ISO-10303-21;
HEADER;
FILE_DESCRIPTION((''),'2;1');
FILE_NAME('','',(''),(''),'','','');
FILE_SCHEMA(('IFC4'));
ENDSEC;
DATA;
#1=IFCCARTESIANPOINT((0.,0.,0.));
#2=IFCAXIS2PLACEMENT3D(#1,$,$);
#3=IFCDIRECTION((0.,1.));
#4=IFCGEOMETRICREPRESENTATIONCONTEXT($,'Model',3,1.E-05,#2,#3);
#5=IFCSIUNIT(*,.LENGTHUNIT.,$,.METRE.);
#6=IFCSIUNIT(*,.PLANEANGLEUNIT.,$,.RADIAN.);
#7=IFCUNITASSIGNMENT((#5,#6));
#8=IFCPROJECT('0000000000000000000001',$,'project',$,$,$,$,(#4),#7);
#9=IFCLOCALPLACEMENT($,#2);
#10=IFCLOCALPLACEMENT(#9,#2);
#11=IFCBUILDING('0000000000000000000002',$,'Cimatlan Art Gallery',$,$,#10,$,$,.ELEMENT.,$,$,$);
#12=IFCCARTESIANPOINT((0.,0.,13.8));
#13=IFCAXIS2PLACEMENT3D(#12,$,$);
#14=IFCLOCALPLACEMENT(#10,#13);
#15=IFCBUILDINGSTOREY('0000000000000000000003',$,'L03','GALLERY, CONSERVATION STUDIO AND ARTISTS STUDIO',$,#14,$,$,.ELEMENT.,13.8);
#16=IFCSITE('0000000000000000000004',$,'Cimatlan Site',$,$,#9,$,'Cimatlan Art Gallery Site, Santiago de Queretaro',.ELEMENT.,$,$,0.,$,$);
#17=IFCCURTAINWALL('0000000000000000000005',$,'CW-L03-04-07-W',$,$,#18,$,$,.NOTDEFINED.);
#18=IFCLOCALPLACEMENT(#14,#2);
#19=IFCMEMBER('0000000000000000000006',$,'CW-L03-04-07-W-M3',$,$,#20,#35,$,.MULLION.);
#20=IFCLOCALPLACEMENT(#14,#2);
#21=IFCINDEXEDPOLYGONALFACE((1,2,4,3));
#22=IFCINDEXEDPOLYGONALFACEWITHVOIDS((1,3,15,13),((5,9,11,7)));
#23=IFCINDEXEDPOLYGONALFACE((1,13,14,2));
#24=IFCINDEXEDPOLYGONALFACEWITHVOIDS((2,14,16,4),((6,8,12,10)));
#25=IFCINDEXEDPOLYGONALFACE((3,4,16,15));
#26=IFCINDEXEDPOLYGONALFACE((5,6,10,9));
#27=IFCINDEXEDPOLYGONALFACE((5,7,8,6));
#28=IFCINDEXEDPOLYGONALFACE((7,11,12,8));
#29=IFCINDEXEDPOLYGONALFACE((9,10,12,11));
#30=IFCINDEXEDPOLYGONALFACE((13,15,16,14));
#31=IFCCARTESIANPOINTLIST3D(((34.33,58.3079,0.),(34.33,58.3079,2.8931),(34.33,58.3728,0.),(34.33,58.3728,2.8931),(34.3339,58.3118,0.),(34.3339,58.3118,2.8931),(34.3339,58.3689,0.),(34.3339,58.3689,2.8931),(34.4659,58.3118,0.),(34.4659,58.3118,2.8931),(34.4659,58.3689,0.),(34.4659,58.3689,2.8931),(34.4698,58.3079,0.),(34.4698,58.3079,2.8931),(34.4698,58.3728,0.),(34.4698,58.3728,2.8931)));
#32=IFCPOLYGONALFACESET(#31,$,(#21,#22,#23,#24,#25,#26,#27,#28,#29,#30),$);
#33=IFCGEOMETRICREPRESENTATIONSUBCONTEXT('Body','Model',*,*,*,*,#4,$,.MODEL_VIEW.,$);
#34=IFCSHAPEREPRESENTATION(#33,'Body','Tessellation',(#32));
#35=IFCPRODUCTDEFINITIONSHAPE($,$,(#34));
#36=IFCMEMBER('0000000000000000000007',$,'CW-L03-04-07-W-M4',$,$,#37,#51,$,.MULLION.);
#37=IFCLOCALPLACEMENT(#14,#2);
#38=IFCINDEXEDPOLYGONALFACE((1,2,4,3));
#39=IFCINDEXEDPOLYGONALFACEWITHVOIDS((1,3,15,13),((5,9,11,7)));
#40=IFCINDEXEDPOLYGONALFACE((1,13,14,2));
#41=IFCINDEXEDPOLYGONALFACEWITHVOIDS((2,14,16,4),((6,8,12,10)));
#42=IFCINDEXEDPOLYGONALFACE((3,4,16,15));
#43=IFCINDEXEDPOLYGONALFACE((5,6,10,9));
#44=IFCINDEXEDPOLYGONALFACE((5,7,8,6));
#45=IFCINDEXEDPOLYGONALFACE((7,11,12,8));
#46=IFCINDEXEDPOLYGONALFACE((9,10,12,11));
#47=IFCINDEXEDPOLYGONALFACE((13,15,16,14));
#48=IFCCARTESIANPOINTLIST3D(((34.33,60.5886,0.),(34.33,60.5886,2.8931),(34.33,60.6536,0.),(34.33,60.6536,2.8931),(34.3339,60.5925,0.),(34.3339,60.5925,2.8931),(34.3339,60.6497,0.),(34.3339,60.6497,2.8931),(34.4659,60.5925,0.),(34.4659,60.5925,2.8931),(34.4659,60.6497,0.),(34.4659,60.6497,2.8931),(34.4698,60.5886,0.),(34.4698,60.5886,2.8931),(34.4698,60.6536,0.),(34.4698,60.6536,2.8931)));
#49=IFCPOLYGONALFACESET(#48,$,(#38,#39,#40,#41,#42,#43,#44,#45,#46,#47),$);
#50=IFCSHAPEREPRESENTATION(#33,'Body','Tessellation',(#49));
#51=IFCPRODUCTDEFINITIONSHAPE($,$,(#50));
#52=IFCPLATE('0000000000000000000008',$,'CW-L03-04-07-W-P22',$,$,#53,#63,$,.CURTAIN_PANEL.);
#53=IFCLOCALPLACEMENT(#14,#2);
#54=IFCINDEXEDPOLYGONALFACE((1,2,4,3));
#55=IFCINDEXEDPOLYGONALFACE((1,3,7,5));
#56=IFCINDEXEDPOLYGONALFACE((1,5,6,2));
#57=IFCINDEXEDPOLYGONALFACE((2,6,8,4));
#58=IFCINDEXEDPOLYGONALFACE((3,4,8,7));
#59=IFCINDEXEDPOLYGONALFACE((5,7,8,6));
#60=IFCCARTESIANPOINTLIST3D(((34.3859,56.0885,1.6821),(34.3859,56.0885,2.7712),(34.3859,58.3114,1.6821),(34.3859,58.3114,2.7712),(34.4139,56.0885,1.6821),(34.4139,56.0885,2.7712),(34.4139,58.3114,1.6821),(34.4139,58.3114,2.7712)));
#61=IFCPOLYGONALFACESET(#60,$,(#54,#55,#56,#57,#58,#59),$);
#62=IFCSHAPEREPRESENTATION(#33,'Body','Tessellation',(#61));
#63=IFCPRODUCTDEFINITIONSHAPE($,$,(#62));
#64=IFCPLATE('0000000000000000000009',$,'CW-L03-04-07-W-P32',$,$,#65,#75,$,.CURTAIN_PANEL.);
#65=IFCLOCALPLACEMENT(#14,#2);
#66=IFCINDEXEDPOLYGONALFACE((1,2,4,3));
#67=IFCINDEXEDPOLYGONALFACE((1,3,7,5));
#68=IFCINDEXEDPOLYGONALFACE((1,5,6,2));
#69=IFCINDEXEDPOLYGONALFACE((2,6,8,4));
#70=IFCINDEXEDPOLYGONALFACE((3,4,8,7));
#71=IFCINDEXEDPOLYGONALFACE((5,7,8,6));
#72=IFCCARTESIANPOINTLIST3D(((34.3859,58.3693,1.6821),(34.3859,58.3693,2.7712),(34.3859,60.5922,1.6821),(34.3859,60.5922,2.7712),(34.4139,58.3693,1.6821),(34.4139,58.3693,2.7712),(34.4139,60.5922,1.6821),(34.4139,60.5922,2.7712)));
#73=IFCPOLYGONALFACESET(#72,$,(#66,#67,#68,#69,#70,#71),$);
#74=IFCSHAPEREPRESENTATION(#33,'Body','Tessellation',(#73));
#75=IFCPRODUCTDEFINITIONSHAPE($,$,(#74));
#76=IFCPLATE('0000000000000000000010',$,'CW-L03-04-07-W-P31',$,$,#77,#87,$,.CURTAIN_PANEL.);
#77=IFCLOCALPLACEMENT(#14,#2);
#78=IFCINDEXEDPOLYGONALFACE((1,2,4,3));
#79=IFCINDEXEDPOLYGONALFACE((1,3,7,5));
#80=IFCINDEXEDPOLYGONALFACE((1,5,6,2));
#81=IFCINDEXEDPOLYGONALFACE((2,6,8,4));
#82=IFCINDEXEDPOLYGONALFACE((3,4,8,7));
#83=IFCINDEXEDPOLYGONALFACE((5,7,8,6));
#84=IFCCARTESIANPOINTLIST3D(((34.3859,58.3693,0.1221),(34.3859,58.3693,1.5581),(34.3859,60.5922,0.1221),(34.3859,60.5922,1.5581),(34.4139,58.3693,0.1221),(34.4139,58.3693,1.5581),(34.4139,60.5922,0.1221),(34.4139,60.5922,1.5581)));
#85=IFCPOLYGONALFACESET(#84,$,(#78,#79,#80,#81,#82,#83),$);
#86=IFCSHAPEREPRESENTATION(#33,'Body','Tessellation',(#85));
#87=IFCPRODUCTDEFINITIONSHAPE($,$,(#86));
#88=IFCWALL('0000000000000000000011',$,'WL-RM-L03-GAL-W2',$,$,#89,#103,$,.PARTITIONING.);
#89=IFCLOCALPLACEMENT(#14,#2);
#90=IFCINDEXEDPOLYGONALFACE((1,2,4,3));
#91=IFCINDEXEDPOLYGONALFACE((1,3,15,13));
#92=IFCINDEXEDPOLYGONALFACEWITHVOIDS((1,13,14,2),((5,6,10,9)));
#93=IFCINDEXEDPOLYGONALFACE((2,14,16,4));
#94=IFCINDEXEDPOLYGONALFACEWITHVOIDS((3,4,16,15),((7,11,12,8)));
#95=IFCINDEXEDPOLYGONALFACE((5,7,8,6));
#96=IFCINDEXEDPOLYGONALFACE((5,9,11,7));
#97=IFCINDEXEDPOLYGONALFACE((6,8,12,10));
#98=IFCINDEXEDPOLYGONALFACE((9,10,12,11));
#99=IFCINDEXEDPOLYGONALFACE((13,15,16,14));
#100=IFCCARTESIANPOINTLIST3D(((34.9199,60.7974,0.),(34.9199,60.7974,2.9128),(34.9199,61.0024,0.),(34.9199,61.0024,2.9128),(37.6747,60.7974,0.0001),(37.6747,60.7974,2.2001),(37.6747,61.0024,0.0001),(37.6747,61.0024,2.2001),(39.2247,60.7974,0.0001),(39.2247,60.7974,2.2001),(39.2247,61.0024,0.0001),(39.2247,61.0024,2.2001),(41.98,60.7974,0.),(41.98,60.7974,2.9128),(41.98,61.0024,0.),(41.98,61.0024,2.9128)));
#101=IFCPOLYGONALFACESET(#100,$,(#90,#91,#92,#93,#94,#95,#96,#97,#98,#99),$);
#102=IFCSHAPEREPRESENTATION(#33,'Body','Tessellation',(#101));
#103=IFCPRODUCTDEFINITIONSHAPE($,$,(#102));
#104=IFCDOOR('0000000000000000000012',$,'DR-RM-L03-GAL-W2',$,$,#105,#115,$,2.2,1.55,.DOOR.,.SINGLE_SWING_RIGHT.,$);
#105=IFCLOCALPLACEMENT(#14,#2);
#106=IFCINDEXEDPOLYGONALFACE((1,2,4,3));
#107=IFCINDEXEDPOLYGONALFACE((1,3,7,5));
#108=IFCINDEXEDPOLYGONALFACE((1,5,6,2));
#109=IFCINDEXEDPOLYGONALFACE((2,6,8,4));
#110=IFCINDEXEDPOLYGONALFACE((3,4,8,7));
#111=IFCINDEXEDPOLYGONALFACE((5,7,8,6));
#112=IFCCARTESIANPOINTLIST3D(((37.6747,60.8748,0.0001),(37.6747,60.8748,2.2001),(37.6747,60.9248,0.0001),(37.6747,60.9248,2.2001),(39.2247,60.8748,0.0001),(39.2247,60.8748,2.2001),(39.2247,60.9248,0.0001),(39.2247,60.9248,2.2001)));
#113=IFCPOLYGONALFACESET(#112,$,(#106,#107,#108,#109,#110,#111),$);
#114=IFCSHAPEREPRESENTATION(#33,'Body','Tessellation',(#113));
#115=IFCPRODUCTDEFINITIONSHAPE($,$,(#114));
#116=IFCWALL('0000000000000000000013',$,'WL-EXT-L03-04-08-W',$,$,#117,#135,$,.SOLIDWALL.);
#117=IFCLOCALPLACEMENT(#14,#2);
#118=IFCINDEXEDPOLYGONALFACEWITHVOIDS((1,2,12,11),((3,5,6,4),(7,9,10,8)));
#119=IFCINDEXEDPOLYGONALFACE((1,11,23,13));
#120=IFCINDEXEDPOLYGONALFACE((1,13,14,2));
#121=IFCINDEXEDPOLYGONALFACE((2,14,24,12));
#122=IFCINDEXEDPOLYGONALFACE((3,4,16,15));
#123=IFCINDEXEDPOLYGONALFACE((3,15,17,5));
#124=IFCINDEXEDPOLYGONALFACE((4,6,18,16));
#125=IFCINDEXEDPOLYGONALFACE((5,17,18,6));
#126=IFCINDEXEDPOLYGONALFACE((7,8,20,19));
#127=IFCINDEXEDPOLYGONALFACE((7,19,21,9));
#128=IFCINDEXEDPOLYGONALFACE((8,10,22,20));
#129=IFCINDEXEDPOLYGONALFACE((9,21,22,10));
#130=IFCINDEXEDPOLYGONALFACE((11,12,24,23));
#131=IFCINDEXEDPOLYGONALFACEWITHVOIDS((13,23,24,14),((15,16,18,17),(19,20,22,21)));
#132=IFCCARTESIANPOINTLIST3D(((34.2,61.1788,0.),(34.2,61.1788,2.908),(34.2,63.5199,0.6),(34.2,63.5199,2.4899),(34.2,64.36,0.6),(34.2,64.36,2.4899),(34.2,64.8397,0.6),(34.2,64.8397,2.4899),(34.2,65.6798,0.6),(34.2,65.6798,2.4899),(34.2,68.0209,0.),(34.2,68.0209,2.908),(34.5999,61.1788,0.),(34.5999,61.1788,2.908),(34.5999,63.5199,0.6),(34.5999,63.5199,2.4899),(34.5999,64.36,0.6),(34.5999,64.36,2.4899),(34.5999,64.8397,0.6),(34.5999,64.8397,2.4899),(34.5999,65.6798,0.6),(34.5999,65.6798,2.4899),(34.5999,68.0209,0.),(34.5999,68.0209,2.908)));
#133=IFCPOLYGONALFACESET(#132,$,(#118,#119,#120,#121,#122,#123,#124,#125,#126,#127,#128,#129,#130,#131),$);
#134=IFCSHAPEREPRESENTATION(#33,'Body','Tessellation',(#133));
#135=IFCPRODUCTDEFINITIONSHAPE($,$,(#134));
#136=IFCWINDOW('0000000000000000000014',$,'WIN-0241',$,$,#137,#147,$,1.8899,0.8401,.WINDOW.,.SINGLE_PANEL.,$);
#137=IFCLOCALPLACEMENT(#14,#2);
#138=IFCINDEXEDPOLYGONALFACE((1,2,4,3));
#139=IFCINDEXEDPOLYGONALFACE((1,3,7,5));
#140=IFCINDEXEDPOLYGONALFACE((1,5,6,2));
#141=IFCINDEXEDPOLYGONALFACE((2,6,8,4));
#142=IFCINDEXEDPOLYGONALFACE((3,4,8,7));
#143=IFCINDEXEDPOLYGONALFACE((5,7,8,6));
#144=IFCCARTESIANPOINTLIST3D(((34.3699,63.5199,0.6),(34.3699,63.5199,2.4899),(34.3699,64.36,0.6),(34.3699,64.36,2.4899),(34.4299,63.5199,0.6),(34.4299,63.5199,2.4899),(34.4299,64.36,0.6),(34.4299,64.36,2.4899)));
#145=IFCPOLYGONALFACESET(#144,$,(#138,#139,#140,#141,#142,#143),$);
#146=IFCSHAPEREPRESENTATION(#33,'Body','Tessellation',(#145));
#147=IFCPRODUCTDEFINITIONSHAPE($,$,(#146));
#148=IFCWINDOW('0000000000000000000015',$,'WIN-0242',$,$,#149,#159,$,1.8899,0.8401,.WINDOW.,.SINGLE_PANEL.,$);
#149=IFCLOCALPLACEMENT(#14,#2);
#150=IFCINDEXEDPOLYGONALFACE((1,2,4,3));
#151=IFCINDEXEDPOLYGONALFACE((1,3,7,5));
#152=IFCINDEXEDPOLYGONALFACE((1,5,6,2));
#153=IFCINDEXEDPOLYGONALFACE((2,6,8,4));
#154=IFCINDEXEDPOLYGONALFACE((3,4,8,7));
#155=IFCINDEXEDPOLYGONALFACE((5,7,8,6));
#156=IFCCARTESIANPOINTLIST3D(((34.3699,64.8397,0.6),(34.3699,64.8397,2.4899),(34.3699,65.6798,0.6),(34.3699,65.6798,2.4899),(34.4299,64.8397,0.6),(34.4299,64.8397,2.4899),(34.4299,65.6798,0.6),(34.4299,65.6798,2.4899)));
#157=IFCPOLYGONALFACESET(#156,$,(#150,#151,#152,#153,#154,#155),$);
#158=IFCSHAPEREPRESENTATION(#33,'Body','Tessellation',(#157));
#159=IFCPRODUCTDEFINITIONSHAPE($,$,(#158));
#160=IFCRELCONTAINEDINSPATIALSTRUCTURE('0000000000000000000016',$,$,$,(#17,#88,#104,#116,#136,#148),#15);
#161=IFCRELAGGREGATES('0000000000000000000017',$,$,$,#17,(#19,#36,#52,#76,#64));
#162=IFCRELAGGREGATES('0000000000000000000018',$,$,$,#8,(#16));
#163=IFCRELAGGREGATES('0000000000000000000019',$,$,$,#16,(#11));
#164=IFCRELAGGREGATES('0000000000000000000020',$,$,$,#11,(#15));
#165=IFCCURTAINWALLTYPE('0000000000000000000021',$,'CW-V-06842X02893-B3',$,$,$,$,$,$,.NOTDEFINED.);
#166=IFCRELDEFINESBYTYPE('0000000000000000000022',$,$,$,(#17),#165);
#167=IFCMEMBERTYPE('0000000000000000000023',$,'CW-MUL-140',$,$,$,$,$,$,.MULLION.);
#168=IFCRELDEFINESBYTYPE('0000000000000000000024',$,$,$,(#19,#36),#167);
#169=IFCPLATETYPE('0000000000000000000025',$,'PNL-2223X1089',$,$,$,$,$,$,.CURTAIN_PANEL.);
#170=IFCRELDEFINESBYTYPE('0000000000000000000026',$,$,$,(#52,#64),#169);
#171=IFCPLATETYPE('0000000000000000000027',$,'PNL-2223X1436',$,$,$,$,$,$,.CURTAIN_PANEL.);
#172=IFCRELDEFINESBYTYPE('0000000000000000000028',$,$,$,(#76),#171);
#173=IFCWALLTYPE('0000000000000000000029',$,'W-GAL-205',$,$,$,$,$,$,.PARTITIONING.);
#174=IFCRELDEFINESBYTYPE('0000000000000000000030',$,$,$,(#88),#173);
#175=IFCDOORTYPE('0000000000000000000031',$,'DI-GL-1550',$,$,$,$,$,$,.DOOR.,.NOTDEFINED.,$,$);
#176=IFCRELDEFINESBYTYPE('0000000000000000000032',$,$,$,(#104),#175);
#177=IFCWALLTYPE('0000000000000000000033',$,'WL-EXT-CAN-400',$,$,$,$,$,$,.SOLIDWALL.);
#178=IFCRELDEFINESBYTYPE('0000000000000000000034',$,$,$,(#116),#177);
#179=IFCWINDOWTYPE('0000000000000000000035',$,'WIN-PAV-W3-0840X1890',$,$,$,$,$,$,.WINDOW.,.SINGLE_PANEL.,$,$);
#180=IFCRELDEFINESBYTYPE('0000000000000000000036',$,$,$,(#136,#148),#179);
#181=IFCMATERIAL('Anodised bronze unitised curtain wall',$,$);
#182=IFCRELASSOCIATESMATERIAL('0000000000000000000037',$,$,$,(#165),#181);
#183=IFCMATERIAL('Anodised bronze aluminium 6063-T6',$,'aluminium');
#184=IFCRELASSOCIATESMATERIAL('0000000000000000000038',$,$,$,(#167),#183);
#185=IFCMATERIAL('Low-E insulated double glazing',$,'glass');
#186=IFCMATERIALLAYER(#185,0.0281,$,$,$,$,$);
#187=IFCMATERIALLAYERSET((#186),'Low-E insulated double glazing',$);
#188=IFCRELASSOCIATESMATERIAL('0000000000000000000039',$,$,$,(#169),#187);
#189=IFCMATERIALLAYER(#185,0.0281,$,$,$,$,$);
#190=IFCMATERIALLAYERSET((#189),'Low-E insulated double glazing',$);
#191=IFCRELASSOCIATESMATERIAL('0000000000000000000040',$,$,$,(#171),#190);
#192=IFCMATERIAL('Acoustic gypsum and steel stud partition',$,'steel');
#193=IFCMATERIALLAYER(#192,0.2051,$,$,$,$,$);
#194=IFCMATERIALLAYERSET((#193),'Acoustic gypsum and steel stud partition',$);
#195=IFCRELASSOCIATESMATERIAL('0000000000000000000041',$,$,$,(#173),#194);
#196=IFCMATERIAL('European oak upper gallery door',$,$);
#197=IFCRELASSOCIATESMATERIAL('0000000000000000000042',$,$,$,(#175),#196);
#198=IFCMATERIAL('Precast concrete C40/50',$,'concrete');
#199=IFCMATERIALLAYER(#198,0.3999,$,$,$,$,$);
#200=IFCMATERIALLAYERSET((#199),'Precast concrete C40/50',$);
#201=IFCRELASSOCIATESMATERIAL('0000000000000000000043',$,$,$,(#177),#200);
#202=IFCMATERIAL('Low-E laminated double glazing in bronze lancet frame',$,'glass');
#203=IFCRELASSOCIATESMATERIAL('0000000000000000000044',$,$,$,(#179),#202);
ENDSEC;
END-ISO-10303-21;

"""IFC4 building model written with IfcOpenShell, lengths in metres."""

from ifc_helpers import new_model, si_unit, direction, frame, frame_2d, origin, origin_2d, place, context, subcontext, project, spatial, rectangle, hollow_rectangle, extrude, material, layer, layer_set, material_profile, profile_set, type_object, element, fill, aggregate, save


model = new_model("IFC4")

# Units and contexts
model_context = context("Model", 3, precision=1e-05, world=origin(), true_north=direction((0.0, 1.0)))
body_context = subcontext(model_context, "Body", "Model", "MODEL_VIEW")
ifc_project = project(units=[si_unit("LENGTHUNIT", "METRE"), si_unit("PLANEANGLEUNIT", "RADIAN")], contexts=[model_context])

# Site, building, storey
site_placement = place(None, origin())
site = spatial("IfcSite", under=ifc_project, at=site_placement, Name="Cimatlan Site", LongName="Cimatlan Art Gallery Site, Santiago de Queretaro", CompositionType="ELEMENT", RefElevation=0.0)
building_placement = place(site_placement, origin())
building = spatial("IfcBuilding", under=site, at=building_placement, Name="Cimatlan Art Gallery", CompositionType="ELEMENT")
storey_placement = place(building_placement, frame((0.0, 0.0, 13.8)))
storey = spatial("IfcBuildingStorey", under=building, at=storey_placement, Name="L03", Description="GALLERY, CONSERVATION STUDIO AND ARTISTS STUDIO", CompositionType="ELEMENT", Elevation=13.8)

# Curtain wall, members, plates
ifc_material_1 = material(Name="Anodised bronze unitised curtain wall")
curtain_wall_type = type_object("IfcCurtainWallType", Name="CW-V-06842X02893-B3", PredefinedType="NOTDEFINED", material=ifc_material_1)
curtain_wall_placement = place(storey_placement, origin())
curtain_wall = element("IfcCurtainWall", 1, at=curtain_wall_placement, inside=storey, type_object=curtain_wall_type, Name="CW-L03-04-07-W", PredefinedType="NOTDEFINED")
ifc_material_2 = material(Name="Anodised bronze aluminium 6063-T6", Category="aluminium")
ifc_material_profile_1 = material_profile(ifc_material_2, hollow_rectangle(XDim=0.0649, YDim=0.1399, WallThickness=0.0039, at=origin_2d()), Name="ALU65X140X4")
ifc_profile_set_1 = profile_set([ifc_material_profile_1], Name="Anodised bronze aluminium 6063-T6")
member_type = type_object("IfcMemberType", Name="CW-MUL-140", PredefinedType="MULLION", material=ifc_profile_set_1)
member_1_placement = place(storey_placement, frame((34.3999, 58.3403, 0.0), z_axis=(0.0, 0.0, 1.0), x_axis=(0.0, 1.0, 0.0)))
member_1 = element("IfcMember", 2, at=member_1_placement, type_object=member_type, Name="CW-L03-04-07-W-M3", PredefinedType="MULLION", context=body_context, shape_type="SweptSolid", body=[
    extrude(hollow_rectangle(XDim=0.0649, YDim=0.1399, WallThickness=0.0039, at=origin_2d()), origin(), (0.0, 0.0, 1.0), 2.8931),
])
member_2_placement = place(storey_placement, frame((34.3999, 60.6211, 0.0), z_axis=(0.0, 0.0, 1.0), x_axis=(0.0, 1.0, 0.0)))
member_2 = element("IfcMember", 3, at=member_2_placement, type_object=member_type, Name="CW-L03-04-07-W-M4", PredefinedType="MULLION", context=body_context, shape_type="SweptSolid", body=[
    extrude(hollow_rectangle(XDim=0.0649, YDim=0.1399, WallThickness=0.0039, at=origin_2d()), origin(), (0.0, 0.0, 1.0), 2.8931),
])
ifc_material_3 = material(Name="Low-E insulated double glazing", Category="glass")
ifc_layer_1 = layer(ifc_material_3, 0.0281)
ifc_layer_set_1 = layer_set([ifc_layer_1], Name="Low-E insulated double glazing")
plate_type_1 = type_object("IfcPlateType", Name="PNL-2223X1089", PredefinedType="CURTAIN_PANEL", material=ifc_layer_set_1)
plate_1_placement = place(storey_placement, frame((34.3999, 57.2, 1.6821), z_axis=(0.0, 0.0, 1.0), x_axis=(0.0, 1.0, 0.0)))
plate_1 = element("IfcPlate", 4, at=plate_1_placement, type_object=plate_type_1, Name="CW-L03-04-07-W-P22", PredefinedType="CURTAIN_PANEL", context=body_context, shape_type="SweptSolid", body=[
    extrude(rectangle(XDim=2.2229, YDim=0.0281, at=origin_2d()), origin(), (0.0, 0.0, 1.0), 1.0891),
])
plate_2_placement = place(storey_placement, frame((34.3999, 59.4807, 1.6821), z_axis=(0.0, 0.0, 1.0), x_axis=(0.0, 1.0, 0.0)))
plate_2 = element("IfcPlate", 5, at=plate_2_placement, type_object=plate_type_1, Name="CW-L03-04-07-W-P32", PredefinedType="CURTAIN_PANEL", context=body_context, shape_type="SweptSolid", body=[
    extrude(rectangle(XDim=2.2229, YDim=0.0281, at=origin_2d()), origin(), (0.0, 0.0, 1.0), 1.0891),
])
ifc_layer_2 = layer(ifc_material_3, 0.0281)
ifc_layer_set_2 = layer_set([ifc_layer_2], Name="Low-E insulated double glazing")
plate_type_2 = type_object("IfcPlateType", Name="PNL-2223X1436", PredefinedType="CURTAIN_PANEL", material=ifc_layer_set_2)
plate_3_placement = place(storey_placement, frame((34.3999, 59.4807, 0.1221), z_axis=(0.0, 0.0, 1.0), x_axis=(0.0, 1.0, 0.0)))
plate_3 = element("IfcPlate", 6, at=plate_3_placement, type_object=plate_type_2, Name="CW-L03-04-07-W-P31", PredefinedType="CURTAIN_PANEL", context=body_context, shape_type="SweptSolid", body=[
    extrude(rectangle(XDim=2.2229, YDim=0.0281, at=origin_2d()), origin(), (0.0, 0.0, 1.0), 1.436),
])
aggregate(curtain_wall, [member_1, member_2, plate_1, plate_3, plate_2])

# Wall, opening, door
ifc_material_4 = material(Name="Acoustic gypsum and steel stud partition", Category="steel")
ifc_layer_3 = layer(ifc_material_4, 0.2051)
ifc_layer_set_3 = layer_set([ifc_layer_3], Name="Acoustic gypsum and steel stud partition")
wall_type_1 = type_object("IfcWallType", Name="W-GAL-205", PredefinedType="PARTITIONING", material=ifc_layer_set_3)
wall_1_placement = place(storey_placement, frame((34.9199, 60.8999, 0.0), z_axis=(0.0, 0.0, 1.0), x_axis=(1.0, 0.0, 0.0)))
wall_1 = element("IfcWall", 7, at=wall_1_placement, inside=storey, type_object=wall_type_1, Name="WL-RM-L03-GAL-W2", PredefinedType="PARTITIONING", context=body_context, shape_type="SweptSolid", body=[
    extrude(rectangle(XDim=7.0601, YDim=0.2051, at=frame_2d((3.53, 0.0))), origin(), (0.0, 0.0, 1.0), 2.9128),
])
opening_1_placement = place(wall_1_placement, frame((2.7549, 0.0, 0.0)))
opening_1 = element("IfcOpeningElement", 8, at=opening_1_placement, cuts=wall_1, PredefinedType="OPENING", context=body_context, shape_type="SweptSolid", body=[
    extrude(rectangle(XDim=1.55, YDim=2.2, at=frame_2d((0.7749, 1.1001))), frame((0.0, 0.1125, 0.0), z_axis=(0.0, -1.0, 0.0), x_axis=(1.0, 0.0, 0.0)), (0.0, 0.0, 1.0), 0.2251),
])
ifc_material_5 = material(Name="European oak upper gallery door")
door_type_1 = type_object("IfcDoorType", Name="DI-GL-1550", OperationType="NOTDEFINED", PredefinedType="DOOR", material=ifc_material_5)
door_1_placement = place(opening_1_placement, origin())
door_1 = element("IfcDoor", 9, at=door_1_placement, inside=storey, type_object=door_type_1, Name="DR-RM-L03-GAL-W2", OperationType="SINGLE_SWING_RIGHT", OverallHeight=2.2, OverallWidth=1.55, PredefinedType="DOOR", context=body_context, shape_type="SweptSolid", body=[
    extrude(rectangle(XDim=1.55, YDim=2.2, at=frame_2d((0.7749, 1.1001))), frame((0.0, 0.0249, 0.0), z_axis=(0.0, -1.0, 0.0), x_axis=(1.0, 0.0, 0.0)), (0.0, 0.0, 1.0), 0.05),
])
fill(opening_1, door_1)

# Wall, openings, windows
ifc_material_6 = material(Name="Precast concrete C40/50", Category="concrete")
ifc_layer_4 = layer(ifc_material_6, 0.3999)
ifc_layer_set_4 = layer_set([ifc_layer_4], Name="Precast concrete C40/50")
wall_type_2 = type_object("IfcWallType", Name="WL-EXT-CAN-400", PredefinedType="SOLIDWALL", material=ifc_layer_set_4)
wall_2_placement = place(storey_placement, frame((34.3999, 61.179, 0.0), z_axis=(0.0, 0.0, 1.0), x_axis=(0.0, 1.0, 0.0)))
wall_2 = element("IfcWall", 10, at=wall_2_placement, inside=storey, type_object=wall_type_2, Name="WL-EXT-L03-04-08-W", PredefinedType="SOLIDWALL", context=body_context, shape_type="SweptSolid", body=[
    extrude(rectangle(XDim=6.842, YDim=0.3999, at=frame_2d((3.4209, 0.0))), origin(), (0.0, 0.0, 1.0), 2.908),
])
opening_2_placement = place(wall_2_placement, frame((2.3411, 0.0, 0.6001)))
opening_2 = element("IfcOpeningElement", 11, at=opening_2_placement, cuts=wall_2, PredefinedType="OPENING", context=body_context, shape_type="SweptSolid", body=[
    extrude(rectangle(XDim=0.8401, YDim=1.8899, at=frame_2d((0.4199, 0.9448))), frame((0.0, 0.21, 0.0), z_axis=(0.0, -1.0, 0.0), x_axis=(1.0, 0.0, 0.0)), (0.0, 0.0, 1.0), 0.4199),
])
opening_3_placement = place(wall_2_placement, frame((3.6609, 0.0, 0.6001)))
opening_3 = element("IfcOpeningElement", 12, at=opening_3_placement, cuts=wall_2, PredefinedType="OPENING", context=body_context, shape_type="SweptSolid", body=[
    extrude(rectangle(XDim=0.8401, YDim=1.8899, at=frame_2d((0.4199, 0.9448))), frame((0.0, 0.21, 0.0), z_axis=(0.0, -1.0, 0.0), x_axis=(1.0, 0.0, 0.0)), (0.0, 0.0, 1.0), 0.4199),
])
ifc_material_7 = material(Name="Low-E laminated double glazing in bronze lancet frame", Category="glass")
window_type = type_object("IfcWindowType", Name="WIN-PAV-W3-0840X1890", PartitioningType="SINGLE_PANEL", PredefinedType="WINDOW", material=ifc_material_7)
window_1_placement = place(opening_2_placement, origin())
window_1 = element("IfcWindow", 13, at=window_1_placement, inside=storey, type_object=window_type, Name="WIN-0241", OverallHeight=1.8899, OverallWidth=0.8401, PartitioningType="SINGLE_PANEL", PredefinedType="WINDOW", context=body_context, shape_type="SweptSolid", body=[
    extrude(rectangle(XDim=0.8401, YDim=1.8899, at=frame_2d((0.4199, 0.9448))), frame((0.0, 0.03, 0.0), z_axis=(0.0, -1.0, 0.0), x_axis=(1.0, 0.0, 0.0)), (0.0, 0.0, 1.0), 0.0601),
])
fill(opening_2, window_1)
window_2_placement = place(opening_3_placement, origin())
window_2 = element("IfcWindow", 14, at=window_2_placement, inside=storey, type_object=window_type, Name="WIN-0242", OverallHeight=1.8899, OverallWidth=0.8401, PartitioningType="SINGLE_PANEL", PredefinedType="WINDOW", context=body_context, shape_type="SweptSolid", body=[
    extrude(rectangle(XDim=0.8401, YDim=1.8899, at=frame_2d((0.4199, 0.9448))), frame((0.0, 0.03, 0.0), z_axis=(0.0, -1.0, 0.0), x_axis=(1.0, 0.0, 0.0)), (0.0, 0.0, 1.0), 0.0601),
])
fill(opening_3, window_2)

save(model, "model.ifc")
